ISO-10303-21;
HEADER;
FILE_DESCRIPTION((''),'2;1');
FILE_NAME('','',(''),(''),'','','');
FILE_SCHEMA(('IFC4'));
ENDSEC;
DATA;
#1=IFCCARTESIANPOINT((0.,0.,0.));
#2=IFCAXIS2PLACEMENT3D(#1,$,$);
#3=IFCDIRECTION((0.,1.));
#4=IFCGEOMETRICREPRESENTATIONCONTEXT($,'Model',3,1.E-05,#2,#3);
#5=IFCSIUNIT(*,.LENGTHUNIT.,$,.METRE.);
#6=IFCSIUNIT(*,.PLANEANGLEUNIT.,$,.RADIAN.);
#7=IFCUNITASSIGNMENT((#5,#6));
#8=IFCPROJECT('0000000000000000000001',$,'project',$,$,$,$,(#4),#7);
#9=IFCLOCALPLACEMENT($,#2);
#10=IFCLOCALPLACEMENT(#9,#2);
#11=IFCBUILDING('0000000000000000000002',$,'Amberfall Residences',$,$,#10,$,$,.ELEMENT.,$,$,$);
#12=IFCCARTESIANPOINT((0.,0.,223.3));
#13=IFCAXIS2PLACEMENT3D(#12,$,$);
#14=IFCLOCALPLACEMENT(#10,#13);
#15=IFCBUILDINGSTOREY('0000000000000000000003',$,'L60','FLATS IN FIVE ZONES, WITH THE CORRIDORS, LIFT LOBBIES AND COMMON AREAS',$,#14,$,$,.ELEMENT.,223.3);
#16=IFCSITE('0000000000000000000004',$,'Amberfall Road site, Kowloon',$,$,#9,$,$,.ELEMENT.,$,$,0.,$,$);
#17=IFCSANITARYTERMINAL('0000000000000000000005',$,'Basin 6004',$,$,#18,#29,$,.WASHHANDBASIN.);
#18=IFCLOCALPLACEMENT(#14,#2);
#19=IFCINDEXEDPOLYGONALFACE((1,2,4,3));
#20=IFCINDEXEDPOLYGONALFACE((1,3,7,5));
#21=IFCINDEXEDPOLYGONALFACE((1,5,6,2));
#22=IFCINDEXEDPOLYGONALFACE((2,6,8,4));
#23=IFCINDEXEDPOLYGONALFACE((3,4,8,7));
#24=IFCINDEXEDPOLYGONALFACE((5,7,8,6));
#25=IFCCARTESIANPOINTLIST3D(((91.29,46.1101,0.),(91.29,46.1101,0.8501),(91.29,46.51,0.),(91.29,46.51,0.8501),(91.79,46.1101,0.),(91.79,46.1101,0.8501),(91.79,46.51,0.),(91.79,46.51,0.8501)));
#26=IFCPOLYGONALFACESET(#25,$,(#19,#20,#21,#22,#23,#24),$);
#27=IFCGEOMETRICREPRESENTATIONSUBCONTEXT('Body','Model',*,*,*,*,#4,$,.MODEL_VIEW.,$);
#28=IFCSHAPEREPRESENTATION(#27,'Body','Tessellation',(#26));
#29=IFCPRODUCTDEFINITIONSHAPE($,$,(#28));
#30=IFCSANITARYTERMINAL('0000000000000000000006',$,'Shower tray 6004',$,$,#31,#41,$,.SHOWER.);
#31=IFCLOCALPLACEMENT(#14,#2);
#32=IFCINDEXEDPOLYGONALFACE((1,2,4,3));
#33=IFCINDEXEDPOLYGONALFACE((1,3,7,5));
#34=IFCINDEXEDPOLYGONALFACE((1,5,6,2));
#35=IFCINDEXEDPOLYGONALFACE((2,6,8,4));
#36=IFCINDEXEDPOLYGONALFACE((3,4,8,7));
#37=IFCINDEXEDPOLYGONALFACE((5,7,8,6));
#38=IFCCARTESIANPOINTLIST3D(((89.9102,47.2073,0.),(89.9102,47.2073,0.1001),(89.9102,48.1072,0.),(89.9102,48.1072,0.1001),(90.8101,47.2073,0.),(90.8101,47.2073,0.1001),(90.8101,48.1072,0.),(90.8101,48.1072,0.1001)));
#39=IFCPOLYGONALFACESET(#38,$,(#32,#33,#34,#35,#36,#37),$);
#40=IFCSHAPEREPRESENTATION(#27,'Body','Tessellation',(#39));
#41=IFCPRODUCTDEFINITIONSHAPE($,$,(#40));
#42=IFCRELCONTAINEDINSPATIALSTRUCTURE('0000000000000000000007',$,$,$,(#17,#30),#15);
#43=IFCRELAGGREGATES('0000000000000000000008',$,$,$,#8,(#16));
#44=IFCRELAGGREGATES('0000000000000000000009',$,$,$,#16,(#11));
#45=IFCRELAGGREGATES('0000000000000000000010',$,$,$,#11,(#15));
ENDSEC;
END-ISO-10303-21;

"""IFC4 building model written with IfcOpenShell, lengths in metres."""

from ifc_helpers import new_model, si_unit, direction, frame, origin, origin_2d, place, context, subcontext, project, spatial, rectangle, extrude, element, save


model = new_model("IFC4")

# Units and contexts
model_context = context("Model", 3, precision=1e-05, world=origin(), true_north=direction((0.0, 1.0)))
body_context = subcontext(model_context, "Body", "Model", "MODEL_VIEW")
ifc_project = project(units=[si_unit("LENGTHUNIT", "METRE"), si_unit("PLANEANGLEUNIT", "RADIAN")], contexts=[model_context])

# Site, building, storey
site_placement = place(None, origin())
site = spatial("IfcSite", under=ifc_project, at=site_placement, Name="Amberfall Road site, Kowloon", CompositionType="ELEMENT", RefElevation=0.0)
building_placement = place(site_placement, origin())
building = spatial("IfcBuilding", under=site, at=building_placement, Name="Amberfall Residences", CompositionType="ELEMENT")
storey_placement = place(building_placement, frame((0.0, 0.0, 223.3)))
storey = spatial("IfcBuildingStorey", under=building, at=storey_placement, Name="L60", Description="FLATS IN FIVE ZONES, WITH THE CORRIDORS, LIFT LOBBIES AND COMMON AREAS", CompositionType="ELEMENT", Elevation=223.3)

# Sanitary terminals
sanitary_terminal_1_placement = place(storey_placement, frame((91.54, 46.3101, 0.0), z_axis=(0.0, 0.0, 1.0), x_axis=(1.0, 0.0, 0.0)))
element("IfcSanitaryTerminal", 1, at=sanitary_terminal_1_placement, inside=storey, Name="Basin 6004", PredefinedType="WASHHANDBASIN", context=body_context, shape_type="SweptSolid", body=[
    extrude(rectangle(XDim=0.5, YDim=0.3999, at=origin_2d()), origin(), (0.0, 0.0, 1.0), 0.8501),
])
sanitary_terminal_2_placement = place(storey_placement, frame((90.3601, 47.6572, 0.0), z_axis=(0.0, 0.0, 1.0), x_axis=(1.0, 0.0, 0.0)))
element("IfcSanitaryTerminal", 2, at=sanitary_terminal_2_placement, inside=storey, Name="Shower tray 6004", PredefinedType="SHOWER", context=body_context, shape_type="SweptSolid", body=[
    extrude(rectangle(XDim=0.8999, YDim=0.8999, at=origin_2d()), origin(), (0.0, 0.0, 1.0), 0.1001),
])

save(model, "model.ifc")
